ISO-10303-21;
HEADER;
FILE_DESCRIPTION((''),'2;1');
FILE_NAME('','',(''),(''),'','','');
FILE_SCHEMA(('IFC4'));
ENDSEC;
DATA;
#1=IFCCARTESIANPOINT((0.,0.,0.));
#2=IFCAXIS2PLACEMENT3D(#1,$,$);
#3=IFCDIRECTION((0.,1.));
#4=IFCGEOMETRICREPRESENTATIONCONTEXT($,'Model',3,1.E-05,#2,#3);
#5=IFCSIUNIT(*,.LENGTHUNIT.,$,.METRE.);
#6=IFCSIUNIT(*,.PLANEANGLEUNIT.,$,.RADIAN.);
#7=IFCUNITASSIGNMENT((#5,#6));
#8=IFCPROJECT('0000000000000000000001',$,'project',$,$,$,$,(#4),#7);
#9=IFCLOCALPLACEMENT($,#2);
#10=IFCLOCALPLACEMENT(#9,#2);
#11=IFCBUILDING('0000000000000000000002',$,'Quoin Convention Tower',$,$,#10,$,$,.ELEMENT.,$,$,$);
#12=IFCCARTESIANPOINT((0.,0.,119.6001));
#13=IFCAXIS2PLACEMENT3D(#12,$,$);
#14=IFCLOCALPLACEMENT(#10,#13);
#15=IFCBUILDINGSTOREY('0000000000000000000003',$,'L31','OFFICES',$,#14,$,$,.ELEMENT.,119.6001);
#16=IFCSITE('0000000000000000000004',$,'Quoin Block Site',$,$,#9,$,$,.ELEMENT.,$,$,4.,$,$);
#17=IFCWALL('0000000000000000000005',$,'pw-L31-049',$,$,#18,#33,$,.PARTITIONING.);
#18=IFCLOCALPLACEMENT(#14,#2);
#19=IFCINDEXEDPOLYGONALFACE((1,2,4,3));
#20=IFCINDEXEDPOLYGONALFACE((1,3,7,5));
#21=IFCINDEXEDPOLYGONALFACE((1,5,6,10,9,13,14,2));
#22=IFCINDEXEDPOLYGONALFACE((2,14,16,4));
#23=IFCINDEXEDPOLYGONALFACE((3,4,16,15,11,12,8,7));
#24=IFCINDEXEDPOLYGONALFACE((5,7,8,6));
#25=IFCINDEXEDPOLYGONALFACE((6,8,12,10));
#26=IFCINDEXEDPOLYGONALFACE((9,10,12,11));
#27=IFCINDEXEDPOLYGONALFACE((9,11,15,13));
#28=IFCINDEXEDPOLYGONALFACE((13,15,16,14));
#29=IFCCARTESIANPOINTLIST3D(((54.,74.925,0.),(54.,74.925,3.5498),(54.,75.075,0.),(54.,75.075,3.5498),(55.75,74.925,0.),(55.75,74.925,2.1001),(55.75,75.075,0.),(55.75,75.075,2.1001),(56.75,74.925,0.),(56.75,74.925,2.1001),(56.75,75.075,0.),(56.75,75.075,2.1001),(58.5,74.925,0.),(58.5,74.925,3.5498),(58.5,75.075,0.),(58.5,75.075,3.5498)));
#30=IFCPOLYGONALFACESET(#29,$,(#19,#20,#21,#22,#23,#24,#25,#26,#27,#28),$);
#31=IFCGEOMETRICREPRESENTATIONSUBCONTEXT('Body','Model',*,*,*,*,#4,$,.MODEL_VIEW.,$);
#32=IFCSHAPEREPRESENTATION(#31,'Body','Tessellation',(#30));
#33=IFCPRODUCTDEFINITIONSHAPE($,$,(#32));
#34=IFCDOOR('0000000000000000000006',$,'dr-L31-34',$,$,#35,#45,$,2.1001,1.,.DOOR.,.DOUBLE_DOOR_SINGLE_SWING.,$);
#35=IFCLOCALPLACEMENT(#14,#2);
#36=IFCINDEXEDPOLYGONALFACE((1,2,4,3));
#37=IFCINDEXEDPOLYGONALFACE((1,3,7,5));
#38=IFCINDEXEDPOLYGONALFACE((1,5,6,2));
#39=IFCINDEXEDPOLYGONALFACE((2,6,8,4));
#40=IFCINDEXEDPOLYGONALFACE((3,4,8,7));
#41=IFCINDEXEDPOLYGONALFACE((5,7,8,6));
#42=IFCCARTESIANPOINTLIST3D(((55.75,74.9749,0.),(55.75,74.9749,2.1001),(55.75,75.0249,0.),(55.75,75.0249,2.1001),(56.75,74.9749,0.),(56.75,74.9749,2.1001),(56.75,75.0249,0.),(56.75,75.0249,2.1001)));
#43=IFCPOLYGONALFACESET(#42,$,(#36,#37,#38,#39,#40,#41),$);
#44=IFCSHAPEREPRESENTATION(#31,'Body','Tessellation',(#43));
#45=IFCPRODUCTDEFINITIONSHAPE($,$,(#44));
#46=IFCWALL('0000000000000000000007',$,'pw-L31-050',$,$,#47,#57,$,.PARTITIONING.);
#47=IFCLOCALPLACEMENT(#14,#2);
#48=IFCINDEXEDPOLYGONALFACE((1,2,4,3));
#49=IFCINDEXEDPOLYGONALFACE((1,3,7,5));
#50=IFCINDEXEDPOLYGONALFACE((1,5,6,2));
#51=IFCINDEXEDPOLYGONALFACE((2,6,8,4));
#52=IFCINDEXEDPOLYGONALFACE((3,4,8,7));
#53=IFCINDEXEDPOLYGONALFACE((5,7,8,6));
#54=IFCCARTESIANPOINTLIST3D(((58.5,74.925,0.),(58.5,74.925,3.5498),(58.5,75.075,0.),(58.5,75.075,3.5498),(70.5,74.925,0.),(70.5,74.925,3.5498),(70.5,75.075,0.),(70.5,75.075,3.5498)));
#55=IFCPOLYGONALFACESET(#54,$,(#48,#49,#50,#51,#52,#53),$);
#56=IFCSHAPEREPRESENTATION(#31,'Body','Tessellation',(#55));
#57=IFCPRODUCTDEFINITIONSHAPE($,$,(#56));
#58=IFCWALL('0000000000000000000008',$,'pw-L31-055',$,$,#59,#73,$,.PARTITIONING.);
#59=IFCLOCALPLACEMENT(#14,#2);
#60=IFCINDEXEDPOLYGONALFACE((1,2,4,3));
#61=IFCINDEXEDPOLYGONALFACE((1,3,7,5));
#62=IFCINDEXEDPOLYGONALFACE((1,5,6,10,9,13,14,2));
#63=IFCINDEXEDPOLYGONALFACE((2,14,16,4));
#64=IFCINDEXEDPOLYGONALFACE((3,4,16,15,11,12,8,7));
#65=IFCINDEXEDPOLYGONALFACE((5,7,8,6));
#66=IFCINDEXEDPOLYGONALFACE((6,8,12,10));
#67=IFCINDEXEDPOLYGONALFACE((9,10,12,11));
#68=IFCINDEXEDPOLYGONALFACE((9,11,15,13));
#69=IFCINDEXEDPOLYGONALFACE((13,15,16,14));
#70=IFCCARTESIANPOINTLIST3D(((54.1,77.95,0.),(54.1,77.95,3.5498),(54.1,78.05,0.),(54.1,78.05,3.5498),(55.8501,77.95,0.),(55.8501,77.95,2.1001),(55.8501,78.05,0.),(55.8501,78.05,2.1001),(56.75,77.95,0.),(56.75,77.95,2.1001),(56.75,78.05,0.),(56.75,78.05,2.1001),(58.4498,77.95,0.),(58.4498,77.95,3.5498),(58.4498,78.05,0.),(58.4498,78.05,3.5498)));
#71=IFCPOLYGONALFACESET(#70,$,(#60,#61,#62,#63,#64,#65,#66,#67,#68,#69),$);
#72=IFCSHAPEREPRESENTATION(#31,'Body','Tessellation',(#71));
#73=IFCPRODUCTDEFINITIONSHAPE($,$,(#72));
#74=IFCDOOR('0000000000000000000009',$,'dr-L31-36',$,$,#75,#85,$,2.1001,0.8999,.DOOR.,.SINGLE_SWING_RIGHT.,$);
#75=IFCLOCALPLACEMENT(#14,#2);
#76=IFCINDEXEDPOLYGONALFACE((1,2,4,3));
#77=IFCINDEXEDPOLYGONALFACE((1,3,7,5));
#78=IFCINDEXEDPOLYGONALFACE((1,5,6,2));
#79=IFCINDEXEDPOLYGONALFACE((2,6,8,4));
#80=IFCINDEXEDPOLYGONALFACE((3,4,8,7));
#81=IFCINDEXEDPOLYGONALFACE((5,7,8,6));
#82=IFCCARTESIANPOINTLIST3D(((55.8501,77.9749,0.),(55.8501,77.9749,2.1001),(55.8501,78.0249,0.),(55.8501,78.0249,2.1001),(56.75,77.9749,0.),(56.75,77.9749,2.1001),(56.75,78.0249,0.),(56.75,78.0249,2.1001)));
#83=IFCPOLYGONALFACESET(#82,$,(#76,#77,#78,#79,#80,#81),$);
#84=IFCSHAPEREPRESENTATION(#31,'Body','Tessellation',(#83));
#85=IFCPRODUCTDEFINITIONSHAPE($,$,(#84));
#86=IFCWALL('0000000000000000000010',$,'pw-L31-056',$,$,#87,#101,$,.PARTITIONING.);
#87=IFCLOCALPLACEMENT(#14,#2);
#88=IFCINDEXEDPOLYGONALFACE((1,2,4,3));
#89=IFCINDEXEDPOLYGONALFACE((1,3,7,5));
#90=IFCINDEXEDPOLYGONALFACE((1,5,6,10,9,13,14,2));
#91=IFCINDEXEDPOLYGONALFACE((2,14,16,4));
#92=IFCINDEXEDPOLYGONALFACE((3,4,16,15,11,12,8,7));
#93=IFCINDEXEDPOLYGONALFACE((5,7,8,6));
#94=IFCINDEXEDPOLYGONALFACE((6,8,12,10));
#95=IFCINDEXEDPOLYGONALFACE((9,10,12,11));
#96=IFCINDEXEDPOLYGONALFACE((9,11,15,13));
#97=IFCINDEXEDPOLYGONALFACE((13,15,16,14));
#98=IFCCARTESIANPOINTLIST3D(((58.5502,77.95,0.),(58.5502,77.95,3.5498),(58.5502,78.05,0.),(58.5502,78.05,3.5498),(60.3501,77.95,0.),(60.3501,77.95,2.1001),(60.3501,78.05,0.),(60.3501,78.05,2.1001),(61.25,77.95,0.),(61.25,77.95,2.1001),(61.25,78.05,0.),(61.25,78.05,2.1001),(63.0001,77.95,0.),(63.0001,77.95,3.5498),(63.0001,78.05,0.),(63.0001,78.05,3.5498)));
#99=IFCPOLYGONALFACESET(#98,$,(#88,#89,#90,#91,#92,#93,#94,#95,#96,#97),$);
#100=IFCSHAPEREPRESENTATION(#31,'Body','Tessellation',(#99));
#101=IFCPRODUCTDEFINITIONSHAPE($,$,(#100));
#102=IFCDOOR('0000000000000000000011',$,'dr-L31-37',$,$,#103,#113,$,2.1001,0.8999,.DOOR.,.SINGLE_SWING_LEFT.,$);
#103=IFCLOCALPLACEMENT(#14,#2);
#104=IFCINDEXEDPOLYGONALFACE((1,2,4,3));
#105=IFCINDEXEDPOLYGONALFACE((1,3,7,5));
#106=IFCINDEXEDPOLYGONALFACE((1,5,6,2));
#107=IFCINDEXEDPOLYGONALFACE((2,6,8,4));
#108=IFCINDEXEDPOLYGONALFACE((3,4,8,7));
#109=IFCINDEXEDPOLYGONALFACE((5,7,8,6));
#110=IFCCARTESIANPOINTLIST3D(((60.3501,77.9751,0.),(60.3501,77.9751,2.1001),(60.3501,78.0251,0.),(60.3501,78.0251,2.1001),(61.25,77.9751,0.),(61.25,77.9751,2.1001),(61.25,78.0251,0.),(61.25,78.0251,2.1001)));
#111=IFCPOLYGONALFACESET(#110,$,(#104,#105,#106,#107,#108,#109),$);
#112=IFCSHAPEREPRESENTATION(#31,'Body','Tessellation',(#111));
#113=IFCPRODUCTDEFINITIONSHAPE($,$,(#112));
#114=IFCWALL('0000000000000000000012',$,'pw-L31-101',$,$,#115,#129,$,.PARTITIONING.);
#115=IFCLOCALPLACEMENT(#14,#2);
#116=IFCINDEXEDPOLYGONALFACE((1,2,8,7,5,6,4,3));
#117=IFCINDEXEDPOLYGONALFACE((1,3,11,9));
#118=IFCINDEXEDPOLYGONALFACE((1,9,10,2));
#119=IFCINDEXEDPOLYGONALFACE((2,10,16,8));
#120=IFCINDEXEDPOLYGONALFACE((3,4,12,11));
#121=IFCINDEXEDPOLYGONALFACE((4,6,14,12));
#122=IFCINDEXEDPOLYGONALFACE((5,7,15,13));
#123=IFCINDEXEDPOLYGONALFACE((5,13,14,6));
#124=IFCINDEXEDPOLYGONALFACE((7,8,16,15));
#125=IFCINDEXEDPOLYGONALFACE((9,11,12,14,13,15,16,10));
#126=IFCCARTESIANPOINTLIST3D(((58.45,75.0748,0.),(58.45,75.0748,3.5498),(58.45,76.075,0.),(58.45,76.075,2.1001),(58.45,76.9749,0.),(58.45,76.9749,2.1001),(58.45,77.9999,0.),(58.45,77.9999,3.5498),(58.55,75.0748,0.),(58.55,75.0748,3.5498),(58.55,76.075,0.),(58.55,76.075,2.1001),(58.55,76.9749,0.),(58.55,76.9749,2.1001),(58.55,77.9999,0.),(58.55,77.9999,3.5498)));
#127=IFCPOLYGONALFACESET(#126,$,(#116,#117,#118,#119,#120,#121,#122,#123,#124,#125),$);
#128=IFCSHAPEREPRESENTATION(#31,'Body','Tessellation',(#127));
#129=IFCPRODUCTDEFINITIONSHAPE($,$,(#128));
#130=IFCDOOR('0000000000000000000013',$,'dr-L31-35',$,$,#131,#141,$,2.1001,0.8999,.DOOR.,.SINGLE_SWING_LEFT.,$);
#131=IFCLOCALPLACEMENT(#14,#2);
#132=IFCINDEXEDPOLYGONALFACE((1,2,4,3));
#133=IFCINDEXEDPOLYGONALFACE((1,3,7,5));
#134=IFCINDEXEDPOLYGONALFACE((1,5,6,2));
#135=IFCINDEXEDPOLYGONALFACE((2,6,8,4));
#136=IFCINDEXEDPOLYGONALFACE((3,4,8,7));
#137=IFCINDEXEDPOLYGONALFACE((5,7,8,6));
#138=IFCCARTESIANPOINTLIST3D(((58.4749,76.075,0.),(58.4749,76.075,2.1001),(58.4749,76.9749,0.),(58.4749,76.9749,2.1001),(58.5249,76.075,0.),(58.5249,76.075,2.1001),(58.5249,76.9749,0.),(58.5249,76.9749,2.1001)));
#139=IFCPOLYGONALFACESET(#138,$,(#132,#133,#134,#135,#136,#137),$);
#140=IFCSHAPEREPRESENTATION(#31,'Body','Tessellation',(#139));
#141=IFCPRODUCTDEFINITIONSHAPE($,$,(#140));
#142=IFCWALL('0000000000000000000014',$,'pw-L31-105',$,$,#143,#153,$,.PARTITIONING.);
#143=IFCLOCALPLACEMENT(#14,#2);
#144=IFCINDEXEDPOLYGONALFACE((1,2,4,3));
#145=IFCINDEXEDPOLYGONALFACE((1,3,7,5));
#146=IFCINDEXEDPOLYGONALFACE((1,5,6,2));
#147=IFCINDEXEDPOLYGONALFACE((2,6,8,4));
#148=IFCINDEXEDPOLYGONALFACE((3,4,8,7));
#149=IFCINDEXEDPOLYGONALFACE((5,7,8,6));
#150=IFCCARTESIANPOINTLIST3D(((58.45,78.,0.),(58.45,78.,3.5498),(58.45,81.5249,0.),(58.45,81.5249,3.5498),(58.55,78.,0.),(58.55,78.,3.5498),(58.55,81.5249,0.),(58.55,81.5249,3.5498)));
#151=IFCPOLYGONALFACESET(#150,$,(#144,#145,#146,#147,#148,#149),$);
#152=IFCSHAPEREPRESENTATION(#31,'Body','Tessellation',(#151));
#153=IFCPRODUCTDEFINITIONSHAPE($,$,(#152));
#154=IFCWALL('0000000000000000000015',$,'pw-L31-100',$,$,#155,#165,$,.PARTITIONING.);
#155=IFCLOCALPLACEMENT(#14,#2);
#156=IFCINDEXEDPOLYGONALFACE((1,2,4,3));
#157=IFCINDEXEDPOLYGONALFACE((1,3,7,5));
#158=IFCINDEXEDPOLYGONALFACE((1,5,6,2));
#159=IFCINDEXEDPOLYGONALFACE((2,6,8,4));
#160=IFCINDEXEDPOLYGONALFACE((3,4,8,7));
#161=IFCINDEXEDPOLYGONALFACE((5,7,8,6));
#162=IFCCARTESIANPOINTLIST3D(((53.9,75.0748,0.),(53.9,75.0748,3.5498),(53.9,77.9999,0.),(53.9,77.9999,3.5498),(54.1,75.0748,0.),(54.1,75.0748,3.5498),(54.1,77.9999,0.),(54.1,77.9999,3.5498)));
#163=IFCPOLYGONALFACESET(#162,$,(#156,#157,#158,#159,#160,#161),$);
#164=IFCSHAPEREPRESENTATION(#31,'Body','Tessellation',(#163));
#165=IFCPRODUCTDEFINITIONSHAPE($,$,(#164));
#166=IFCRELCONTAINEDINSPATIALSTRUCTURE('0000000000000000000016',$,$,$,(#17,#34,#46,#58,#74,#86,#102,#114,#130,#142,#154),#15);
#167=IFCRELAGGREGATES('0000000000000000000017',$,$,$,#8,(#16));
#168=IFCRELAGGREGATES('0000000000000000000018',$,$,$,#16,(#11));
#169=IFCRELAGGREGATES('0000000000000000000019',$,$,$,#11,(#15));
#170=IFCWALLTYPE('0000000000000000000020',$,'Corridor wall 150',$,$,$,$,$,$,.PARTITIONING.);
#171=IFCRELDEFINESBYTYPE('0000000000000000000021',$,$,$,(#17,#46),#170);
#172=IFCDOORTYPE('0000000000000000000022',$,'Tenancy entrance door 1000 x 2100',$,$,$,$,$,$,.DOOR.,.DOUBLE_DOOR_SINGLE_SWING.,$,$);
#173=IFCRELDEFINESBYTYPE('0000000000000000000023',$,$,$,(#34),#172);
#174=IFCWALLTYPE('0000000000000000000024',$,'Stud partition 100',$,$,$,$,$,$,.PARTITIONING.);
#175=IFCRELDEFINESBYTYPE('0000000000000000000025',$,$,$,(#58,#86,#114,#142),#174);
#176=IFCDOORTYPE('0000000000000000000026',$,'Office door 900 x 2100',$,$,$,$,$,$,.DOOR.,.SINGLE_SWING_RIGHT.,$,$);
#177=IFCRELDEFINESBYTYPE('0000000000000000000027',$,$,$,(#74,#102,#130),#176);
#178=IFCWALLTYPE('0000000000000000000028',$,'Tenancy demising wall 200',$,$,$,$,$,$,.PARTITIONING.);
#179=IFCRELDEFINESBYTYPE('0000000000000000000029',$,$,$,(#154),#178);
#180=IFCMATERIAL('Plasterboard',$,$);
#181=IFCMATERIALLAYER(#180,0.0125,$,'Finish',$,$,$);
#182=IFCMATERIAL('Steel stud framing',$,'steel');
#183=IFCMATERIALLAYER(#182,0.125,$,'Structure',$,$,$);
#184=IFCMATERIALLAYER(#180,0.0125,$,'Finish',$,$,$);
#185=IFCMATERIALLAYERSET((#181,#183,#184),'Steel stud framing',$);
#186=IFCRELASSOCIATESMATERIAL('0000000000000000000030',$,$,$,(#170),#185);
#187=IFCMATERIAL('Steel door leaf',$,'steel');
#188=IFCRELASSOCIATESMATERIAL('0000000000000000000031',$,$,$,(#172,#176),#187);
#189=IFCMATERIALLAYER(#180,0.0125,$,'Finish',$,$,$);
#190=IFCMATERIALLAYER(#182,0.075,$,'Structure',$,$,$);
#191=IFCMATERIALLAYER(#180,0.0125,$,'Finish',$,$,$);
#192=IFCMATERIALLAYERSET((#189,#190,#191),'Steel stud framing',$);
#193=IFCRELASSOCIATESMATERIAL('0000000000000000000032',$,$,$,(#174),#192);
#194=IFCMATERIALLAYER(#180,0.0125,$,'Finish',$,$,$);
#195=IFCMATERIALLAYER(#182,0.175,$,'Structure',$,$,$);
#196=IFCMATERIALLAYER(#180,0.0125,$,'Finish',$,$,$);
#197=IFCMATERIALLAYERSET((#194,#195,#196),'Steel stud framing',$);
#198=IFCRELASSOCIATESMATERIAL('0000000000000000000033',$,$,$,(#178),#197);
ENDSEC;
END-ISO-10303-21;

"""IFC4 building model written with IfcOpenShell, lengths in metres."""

from ifc_helpers import new_model, si_unit, direction, frame, frame_2d, origin, place, context, subcontext, project, spatial, rectangle, extrude, material, layer, layer_set, type_object, element, fill, save


model = new_model("IFC4")

# Units and contexts
model_context = context("Model", 3, precision=1e-05, world=origin(), true_north=direction((0.0, 1.0)))
body_context = subcontext(model_context, "Body", "Model", "MODEL_VIEW")
ifc_project = project(units=[si_unit("LENGTHUNIT", "METRE"), si_unit("PLANEANGLEUNIT", "RADIAN")], contexts=[model_context])

# Site, building, storey
site_placement = place(None, origin())
site = spatial("IfcSite", under=ifc_project, at=site_placement, Name="Quoin Block Site", CompositionType="ELEMENT", RefElevation=4.0)
building_placement = place(site_placement, origin())
building = spatial("IfcBuilding", under=site, at=building_placement, Name="Quoin Convention Tower", CompositionType="ELEMENT")
storey_placement = place(building_placement, frame((0.0, 0.0, 119.6001)))
storey = spatial("IfcBuildingStorey", under=building, at=storey_placement, Name="L31", Description="OFFICES", CompositionType="ELEMENT", Elevation=119.6001)

# Shared definitions
ifc_material_1 = material(Name="Plasterboard")
ifc_material_2 = material(Name="Steel stud framing", Category="steel")
ifc_material_3 = material(Name="Steel door leaf", Category="steel")

# Shared definitions
ifc_layer_1 = layer(ifc_material_1, 0.0125, Name="Finish")
ifc_layer_2 = layer(ifc_material_2, 0.125, Name="Structure")
ifc_layer_3 = layer(ifc_material_1, 0.0125, Name="Finish")
ifc_layer_set_1 = layer_set([ifc_layer_1, ifc_layer_2, ifc_layer_3], Name="Steel stud framing")
wall_type_1 = type_object("IfcWallType", Name="Corridor wall 150", PredefinedType="PARTITIONING", material=ifc_layer_set_1)

# Wall, opening, door
wall_1_placement = place(storey_placement, frame((54.0, 75.0, 0.0), z_axis=(0.0, 0.0, 1.0), x_axis=(1.0, 0.0, 0.0)))
wall_1 = element("IfcWall", 1, at=wall_1_placement, inside=storey, type_object=wall_type_1, Name="pw-L31-049", PredefinedType="PARTITIONING", context=body_context, shape_type="SweptSolid", body=[
    extrude(rectangle(XDim=4.5, YDim=0.1499, at=frame_2d((2.25, 0.0))), origin(), (0.0, 0.0, 1.0), 3.5498),
])
opening_1_placement = place(wall_1_placement, frame((1.75, 0.0, 0.0)))
opening_1 = element("IfcOpeningElement", 2, at=opening_1_placement, cuts=wall_1, PredefinedType="OPENING", context=body_context, shape_type="SweptSolid", body=[
    extrude(rectangle(XDim=1.0, YDim=2.1001, at=frame_2d((0.5, 1.05))), frame((0.0, 0.085, 0.0), z_axis=(0.0, -1.0, 0.0), x_axis=(1.0, 0.0, 0.0)), (0.0, 0.0, 1.0), 0.1699),
])
door_type_1 = type_object("IfcDoorType", Name="Tenancy entrance door 1000 x 2100", OperationType="DOUBLE_DOOR_SINGLE_SWING", PredefinedType="DOOR", material=ifc_material_3)
door_1_placement = place(opening_1_placement, origin())
door_1 = element("IfcDoor", 3, at=door_1_placement, inside=storey, type_object=door_type_1, Name="dr-L31-34", OperationType="DOUBLE_DOOR_SINGLE_SWING", OverallHeight=2.1001, OverallWidth=1.0, PredefinedType="DOOR", context=body_context, shape_type="SweptSolid", body=[
    extrude(rectangle(XDim=1.0, YDim=2.1001, at=frame_2d((0.5, 1.05))), frame((0.0, 0.0249, 0.0), z_axis=(0.0, -1.0, 0.0), x_axis=(1.0, 0.0, 0.0)), (0.0, 0.0, 1.0), 0.05),
])
fill(opening_1, door_1)

# Wall
wall_2_placement = place(storey_placement, frame((58.5, 75.0, 0.0), z_axis=(0.0, 0.0, 1.0), x_axis=(1.0, 0.0, 0.0)))
element("IfcWall", 4, at=wall_2_placement, inside=storey, type_object=wall_type_1, Name="pw-L31-050", PredefinedType="PARTITIONING", context=body_context, shape_type="SweptSolid", body=[
    extrude(rectangle(XDim=12.0, YDim=0.1499, at=frame_2d((6.0, 0.0))), origin(), (0.0, 0.0, 1.0), 3.5498),
])

# Walls, openings, doors
ifc_layer_4 = layer(ifc_material_1, 0.0125, Name="Finish")
ifc_layer_5 = layer(ifc_material_2, 0.075, Name="Structure")
ifc_layer_6 = layer(ifc_material_1, 0.0125, Name="Finish")
ifc_layer_set_2 = layer_set([ifc_layer_4, ifc_layer_5, ifc_layer_6], Name="Steel stud framing")
wall_type_2 = type_object("IfcWallType", Name="Stud partition 100", PredefinedType="PARTITIONING", material=ifc_layer_set_2)
wall_3_placement = place(storey_placement, frame((54.1001, 78.0, 0.0), z_axis=(0.0, 0.0, 1.0), x_axis=(1.0, 0.0, 0.0)))
wall_3 = element("IfcWall", 5, at=wall_3_placement, inside=storey, type_object=wall_type_2, Name="pw-L31-055", PredefinedType="PARTITIONING", context=body_context, shape_type="SweptSolid", body=[
    extrude(rectangle(XDim=4.3499, YDim=0.1001, at=frame_2d((2.1748, 0.0))), origin(), (0.0, 0.0, 1.0), 3.5498),
])
opening_2_placement = place(wall_3_placement, frame((1.75, 0.0, 0.0)))
opening_2 = element("IfcOpeningElement", 6, at=opening_2_placement, cuts=wall_3, PredefinedType="OPENING", context=body_context, shape_type="SweptSolid", body=[
    extrude(rectangle(XDim=0.8999, YDim=2.1001, at=frame_2d((0.45, 1.05))), frame((0.0, 0.0601, 0.0), z_axis=(0.0, -1.0, 0.0), x_axis=(1.0, 0.0, 0.0)), (0.0, 0.0, 1.0), 0.1201),
])
door_type_2 = type_object("IfcDoorType", Name="Office door 900 x 2100", OperationType="SINGLE_SWING_RIGHT", PredefinedType="DOOR", material=ifc_material_3)
door_2_placement = place(opening_2_placement, origin())
door_2 = element("IfcDoor", 7, at=door_2_placement, inside=storey, type_object=door_type_2, Name="dr-L31-36", OperationType="SINGLE_SWING_RIGHT", OverallHeight=2.1001, OverallWidth=0.8999, PredefinedType="DOOR", context=body_context, shape_type="SweptSolid", body=[
    extrude(rectangle(XDim=0.8999, YDim=2.1001, at=frame_2d((0.45, 1.05))), frame((0.0, 0.0249, 0.0), z_axis=(0.0, -1.0, 0.0), x_axis=(1.0, 0.0, 0.0)), (0.0, 0.0, 1.0), 0.05),
])
fill(opening_2, door_2)
wall_4_placement = place(storey_placement, frame((58.55, 78.0, 0.0), z_axis=(0.0, 0.0, 1.0), x_axis=(1.0, 0.0, 0.0)))
wall_4 = element("IfcWall", 8, at=wall_4_placement, inside=storey, type_object=wall_type_2, Name="pw-L31-056", PredefinedType="PARTITIONING", context=body_context, shape_type="SweptSolid", body=[
    extrude(rectangle(XDim=4.45, YDim=0.1001, at=frame_2d((2.2251, 0.0))), origin(), (0.0, 0.0, 1.0), 3.5498),
])
opening_3_placement = place(wall_4_placement, frame((1.8, 0.0, 0.0)))
opening_3 = element("IfcOpeningElement", 9, at=opening_3_placement, cuts=wall_4, PredefinedType="OPENING", context=body_context, shape_type="SweptSolid", body=[
    extrude(rectangle(XDim=0.8999, YDim=2.1001, at=frame_2d((0.45, 1.05))), frame((0.0, 0.0601, 0.0), z_axis=(0.0, -1.0, 0.0), x_axis=(1.0, 0.0, 0.0)), (0.0, 0.0, 1.0), 0.1201),
])
door_3_placement = place(opening_3_placement, frame((0.8999, 0.0, 0.0), z_axis=(0.0, 0.0, 1.0), x_axis=(-1.0, 0.0, 0.0)))
door_3 = element("IfcDoor", 10, at=door_3_placement, inside=storey, type_object=door_type_2, Name="dr-L31-37", OperationType="SINGLE_SWING_LEFT", OverallHeight=2.1001, OverallWidth=0.8999, PredefinedType="DOOR", context=body_context, shape_type="SweptSolid", body=[
    extrude(rectangle(XDim=0.8999, YDim=2.1001, at=frame_2d((0.45, 1.05))), frame((0.0, 0.0249, 0.0), z_axis=(0.0, -1.0, 0.0), x_axis=(1.0, 0.0, 0.0)), (0.0, 0.0, 1.0), 0.05),
])
fill(opening_3, door_3)
wall_5_placement = place(storey_placement, frame((58.5, 75.075, 0.0), z_axis=(0.0, 0.0, 1.0), x_axis=(0.0, 1.0, 0.0)))
wall_5 = element("IfcWall", 11, at=wall_5_placement, inside=storey, type_object=wall_type_2, Name="pw-L31-101", PredefinedType="PARTITIONING", context=body_context, shape_type="SweptSolid", body=[
    extrude(rectangle(XDim=2.925, YDim=0.1001, at=frame_2d((1.4624, 0.0))), origin(), (0.0, 0.0, 1.0), 3.5498),
])
opening_4_placement = place(wall_5_placement, frame((1.0, 0.0, 0.0)))
opening_4 = element("IfcOpeningElement", 12, at=opening_4_placement, cuts=wall_5, PredefinedType="OPENING", context=body_context, shape_type="SweptSolid", body=[
    extrude(rectangle(XDim=0.8999, YDim=2.1001, at=frame_2d((0.45, 1.05))), frame((0.0, 0.0601, 0.0), z_axis=(0.0, -1.0, 0.0), x_axis=(1.0, 0.0, 0.0)), (0.0, 0.0, 1.0), 0.1201),
])
door_4_placement = place(opening_4_placement, frame((0.8999, 0.0, 0.0), z_axis=(0.0, 0.0, 1.0), x_axis=(-1.0, 0.0, 0.0)))
door_4 = element("IfcDoor", 13, at=door_4_placement, inside=storey, type_object=door_type_2, Name="dr-L31-35", OperationType="SINGLE_SWING_LEFT", OverallHeight=2.1001, OverallWidth=0.8999, PredefinedType="DOOR", context=body_context, shape_type="SweptSolid", body=[
    extrude(rectangle(XDim=0.8999, YDim=2.1001, at=frame_2d((0.45, 1.05))), frame((0.0, 0.0249, 0.0), z_axis=(0.0, -1.0, 0.0), x_axis=(1.0, 0.0, 0.0)), (0.0, 0.0, 1.0), 0.05),
])
fill(opening_4, door_4)

# Walls
wall_6_placement = place(storey_placement, frame((58.5, 78.0, 0.0), z_axis=(0.0, 0.0, 1.0), x_axis=(0.0, 1.0, 0.0)))
element("IfcWall", 14, at=wall_6_placement, inside=storey, type_object=wall_type_2, Name="pw-L31-105", PredefinedType="PARTITIONING", context=body_context, shape_type="SweptSolid", body=[
    extrude(rectangle(XDim=3.5249, YDim=0.1001, at=frame_2d((1.7625, 0.0))), origin(), (0.0, 0.0, 1.0), 3.5498),
])
ifc_layer_7 = layer(ifc_material_1, 0.0125, Name="Finish")
ifc_layer_8 = layer(ifc_material_2, 0.175, Name="Structure")
ifc_layer_9 = layer(ifc_material_1, 0.0125, Name="Finish")
ifc_layer_set_3 = layer_set([ifc_layer_7, ifc_layer_8, ifc_layer_9], Name="Steel stud framing")
wall_type_3 = type_object("IfcWallType", Name="Tenancy demising wall 200", PredefinedType="PARTITIONING", material=ifc_layer_set_3)
wall_7_placement = place(storey_placement, frame((54.0, 75.075, 0.0), z_axis=(0.0, 0.0, 1.0), x_axis=(0.0, 1.0, 0.0)))
element("IfcWall", 15, at=wall_7_placement, inside=storey, type_object=wall_type_3, Name="pw-L31-100", PredefinedType="PARTITIONING", context=body_context, shape_type="SweptSolid", body=[
    extrude(rectangle(XDim=2.925, YDim=0.2, at=frame_2d((1.4624, 0.0))), origin(), (0.0, 0.0, 1.0), 3.5498),
])

save(model, "model.ifc")
